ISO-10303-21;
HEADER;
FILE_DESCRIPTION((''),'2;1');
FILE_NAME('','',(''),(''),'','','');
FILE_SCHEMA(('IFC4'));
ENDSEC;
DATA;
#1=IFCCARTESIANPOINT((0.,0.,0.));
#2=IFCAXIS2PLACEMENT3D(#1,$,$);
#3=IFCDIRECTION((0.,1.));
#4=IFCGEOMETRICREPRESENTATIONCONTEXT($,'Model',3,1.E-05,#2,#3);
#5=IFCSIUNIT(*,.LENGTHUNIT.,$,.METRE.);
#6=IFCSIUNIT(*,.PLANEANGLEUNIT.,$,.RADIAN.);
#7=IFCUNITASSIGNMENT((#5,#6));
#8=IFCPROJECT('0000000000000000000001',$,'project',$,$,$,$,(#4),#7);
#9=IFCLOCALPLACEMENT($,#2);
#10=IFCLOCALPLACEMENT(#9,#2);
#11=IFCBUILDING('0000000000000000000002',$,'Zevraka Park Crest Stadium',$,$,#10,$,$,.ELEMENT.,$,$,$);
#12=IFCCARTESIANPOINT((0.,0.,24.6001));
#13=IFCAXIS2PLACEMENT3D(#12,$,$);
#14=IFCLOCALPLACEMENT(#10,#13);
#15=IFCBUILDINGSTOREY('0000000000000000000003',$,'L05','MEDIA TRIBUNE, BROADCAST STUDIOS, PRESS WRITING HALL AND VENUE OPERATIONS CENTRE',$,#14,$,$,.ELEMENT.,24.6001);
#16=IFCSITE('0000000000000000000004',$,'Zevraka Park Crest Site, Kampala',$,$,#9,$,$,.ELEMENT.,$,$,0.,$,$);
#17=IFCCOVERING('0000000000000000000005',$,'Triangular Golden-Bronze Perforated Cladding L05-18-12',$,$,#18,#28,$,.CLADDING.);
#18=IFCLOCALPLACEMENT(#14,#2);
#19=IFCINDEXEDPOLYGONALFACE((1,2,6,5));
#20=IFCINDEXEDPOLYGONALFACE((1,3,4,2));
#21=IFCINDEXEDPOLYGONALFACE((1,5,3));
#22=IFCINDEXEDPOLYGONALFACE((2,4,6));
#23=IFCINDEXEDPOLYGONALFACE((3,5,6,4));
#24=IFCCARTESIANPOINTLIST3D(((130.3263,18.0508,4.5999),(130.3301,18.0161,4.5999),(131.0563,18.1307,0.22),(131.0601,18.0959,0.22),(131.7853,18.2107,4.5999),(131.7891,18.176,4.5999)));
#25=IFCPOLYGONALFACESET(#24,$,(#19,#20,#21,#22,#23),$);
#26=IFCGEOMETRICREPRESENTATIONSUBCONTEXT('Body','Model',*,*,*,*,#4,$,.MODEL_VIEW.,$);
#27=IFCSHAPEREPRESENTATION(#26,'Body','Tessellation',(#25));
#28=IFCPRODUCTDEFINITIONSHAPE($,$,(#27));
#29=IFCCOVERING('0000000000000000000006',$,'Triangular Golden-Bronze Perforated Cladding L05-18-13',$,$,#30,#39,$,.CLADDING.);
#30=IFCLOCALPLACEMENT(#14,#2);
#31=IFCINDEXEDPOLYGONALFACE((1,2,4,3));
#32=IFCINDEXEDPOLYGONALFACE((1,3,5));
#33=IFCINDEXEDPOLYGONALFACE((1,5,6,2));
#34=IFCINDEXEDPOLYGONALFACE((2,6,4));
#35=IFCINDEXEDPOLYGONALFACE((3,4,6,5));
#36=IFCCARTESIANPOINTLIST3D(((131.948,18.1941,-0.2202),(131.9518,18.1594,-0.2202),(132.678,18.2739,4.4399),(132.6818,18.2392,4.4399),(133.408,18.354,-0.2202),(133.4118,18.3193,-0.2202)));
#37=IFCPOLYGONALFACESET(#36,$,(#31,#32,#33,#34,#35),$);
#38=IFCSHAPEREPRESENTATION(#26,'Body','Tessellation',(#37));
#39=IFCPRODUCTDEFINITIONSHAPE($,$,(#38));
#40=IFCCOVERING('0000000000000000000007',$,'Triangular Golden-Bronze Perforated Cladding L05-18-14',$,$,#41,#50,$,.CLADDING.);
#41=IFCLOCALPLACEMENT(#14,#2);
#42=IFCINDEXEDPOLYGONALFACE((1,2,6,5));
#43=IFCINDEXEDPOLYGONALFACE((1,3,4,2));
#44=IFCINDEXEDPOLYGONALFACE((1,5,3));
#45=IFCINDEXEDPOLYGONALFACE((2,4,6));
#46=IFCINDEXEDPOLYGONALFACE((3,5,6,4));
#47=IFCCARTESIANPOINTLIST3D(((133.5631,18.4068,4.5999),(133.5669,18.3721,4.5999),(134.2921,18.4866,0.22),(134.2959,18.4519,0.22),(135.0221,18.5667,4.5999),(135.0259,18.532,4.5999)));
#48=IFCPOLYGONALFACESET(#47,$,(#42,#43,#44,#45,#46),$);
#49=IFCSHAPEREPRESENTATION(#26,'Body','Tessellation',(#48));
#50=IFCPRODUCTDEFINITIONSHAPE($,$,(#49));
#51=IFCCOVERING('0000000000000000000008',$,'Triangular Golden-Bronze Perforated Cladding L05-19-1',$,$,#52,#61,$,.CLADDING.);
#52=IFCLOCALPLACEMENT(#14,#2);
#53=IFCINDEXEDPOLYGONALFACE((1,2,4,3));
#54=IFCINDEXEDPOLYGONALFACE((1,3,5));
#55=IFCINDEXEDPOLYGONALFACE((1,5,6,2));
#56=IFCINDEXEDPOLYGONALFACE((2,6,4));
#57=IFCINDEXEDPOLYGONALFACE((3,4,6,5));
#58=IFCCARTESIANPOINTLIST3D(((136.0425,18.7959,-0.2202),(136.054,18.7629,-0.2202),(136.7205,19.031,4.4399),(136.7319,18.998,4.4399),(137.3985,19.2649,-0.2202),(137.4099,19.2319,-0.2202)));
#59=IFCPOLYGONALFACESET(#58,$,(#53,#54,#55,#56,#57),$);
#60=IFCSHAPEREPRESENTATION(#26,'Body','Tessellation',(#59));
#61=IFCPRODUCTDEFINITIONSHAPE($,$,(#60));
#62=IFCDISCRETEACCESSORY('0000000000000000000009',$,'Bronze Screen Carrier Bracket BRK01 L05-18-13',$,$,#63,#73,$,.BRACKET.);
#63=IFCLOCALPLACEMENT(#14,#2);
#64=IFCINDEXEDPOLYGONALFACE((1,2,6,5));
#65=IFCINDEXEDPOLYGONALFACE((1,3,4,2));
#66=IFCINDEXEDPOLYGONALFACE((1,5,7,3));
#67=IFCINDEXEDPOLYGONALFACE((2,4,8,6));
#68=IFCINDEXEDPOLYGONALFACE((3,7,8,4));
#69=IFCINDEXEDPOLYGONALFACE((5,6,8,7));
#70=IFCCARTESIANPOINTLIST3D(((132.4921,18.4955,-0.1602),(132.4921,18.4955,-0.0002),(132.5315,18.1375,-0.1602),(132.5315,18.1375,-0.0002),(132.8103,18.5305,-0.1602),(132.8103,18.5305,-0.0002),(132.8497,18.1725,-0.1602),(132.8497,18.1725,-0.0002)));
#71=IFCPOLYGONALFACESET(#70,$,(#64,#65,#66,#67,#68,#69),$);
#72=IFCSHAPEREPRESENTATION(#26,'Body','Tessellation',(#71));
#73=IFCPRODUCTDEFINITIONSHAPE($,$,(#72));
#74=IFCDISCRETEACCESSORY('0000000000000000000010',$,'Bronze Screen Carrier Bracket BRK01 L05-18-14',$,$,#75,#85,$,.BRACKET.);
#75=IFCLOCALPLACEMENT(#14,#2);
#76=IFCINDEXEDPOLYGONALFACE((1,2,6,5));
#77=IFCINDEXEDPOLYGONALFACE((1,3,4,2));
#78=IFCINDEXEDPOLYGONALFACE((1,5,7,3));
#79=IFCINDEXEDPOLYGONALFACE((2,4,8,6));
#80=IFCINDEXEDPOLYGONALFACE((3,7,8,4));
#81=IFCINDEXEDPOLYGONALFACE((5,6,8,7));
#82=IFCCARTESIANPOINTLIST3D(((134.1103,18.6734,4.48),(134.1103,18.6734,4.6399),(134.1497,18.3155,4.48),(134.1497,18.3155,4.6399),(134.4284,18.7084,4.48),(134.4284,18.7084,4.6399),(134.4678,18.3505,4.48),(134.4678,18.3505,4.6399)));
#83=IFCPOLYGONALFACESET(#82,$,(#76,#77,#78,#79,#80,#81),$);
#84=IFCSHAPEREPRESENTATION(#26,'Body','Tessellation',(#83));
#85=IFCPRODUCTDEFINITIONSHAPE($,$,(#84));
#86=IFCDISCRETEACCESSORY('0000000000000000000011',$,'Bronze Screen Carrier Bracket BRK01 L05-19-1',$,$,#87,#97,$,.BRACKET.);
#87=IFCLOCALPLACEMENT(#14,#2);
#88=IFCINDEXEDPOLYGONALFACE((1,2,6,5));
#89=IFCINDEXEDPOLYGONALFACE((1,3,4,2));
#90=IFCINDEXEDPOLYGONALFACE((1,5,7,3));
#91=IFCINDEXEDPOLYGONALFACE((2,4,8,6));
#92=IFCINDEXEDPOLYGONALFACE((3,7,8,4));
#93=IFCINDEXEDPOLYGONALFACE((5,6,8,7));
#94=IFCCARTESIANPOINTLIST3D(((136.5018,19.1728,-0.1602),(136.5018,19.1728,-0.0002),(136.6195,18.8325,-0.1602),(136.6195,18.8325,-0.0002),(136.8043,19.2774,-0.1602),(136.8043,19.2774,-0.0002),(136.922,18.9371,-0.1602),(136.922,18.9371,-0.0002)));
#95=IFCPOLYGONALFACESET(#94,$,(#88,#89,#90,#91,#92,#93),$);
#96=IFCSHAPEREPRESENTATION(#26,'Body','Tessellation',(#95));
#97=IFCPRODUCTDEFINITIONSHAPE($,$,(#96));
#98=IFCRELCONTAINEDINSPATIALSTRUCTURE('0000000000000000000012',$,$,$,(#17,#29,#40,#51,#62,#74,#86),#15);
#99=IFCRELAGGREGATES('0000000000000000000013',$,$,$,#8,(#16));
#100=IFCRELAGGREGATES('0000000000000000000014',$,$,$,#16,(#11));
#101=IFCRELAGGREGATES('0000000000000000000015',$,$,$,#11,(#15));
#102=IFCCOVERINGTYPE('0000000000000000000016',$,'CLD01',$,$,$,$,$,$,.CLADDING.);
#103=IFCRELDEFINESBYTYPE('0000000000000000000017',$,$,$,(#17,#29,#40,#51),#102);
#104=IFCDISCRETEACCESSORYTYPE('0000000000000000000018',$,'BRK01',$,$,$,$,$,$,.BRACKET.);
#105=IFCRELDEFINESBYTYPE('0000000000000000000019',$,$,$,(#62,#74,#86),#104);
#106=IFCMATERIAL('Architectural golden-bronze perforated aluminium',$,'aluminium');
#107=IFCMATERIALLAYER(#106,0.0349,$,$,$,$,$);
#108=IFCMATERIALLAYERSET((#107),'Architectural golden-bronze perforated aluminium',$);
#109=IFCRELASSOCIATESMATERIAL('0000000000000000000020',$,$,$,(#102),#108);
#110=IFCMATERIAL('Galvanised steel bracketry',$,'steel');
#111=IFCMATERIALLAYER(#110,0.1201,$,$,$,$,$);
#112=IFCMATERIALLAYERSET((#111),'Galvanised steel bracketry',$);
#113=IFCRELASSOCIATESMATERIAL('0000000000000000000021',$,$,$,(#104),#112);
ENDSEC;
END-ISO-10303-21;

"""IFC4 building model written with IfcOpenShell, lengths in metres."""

from ifc_helpers import new_model, si_unit, direction, frame, origin, origin_2d, place, context, subcontext, project, spatial, polyline, rectangle, outline, extrude, material, layer, layer_set, type_object, element, save


model = new_model("IFC4")

# Units and contexts
model_context = context("Model", 3, precision=1e-05, world=origin(), true_north=direction((0.0, 1.0)))
body_context = subcontext(model_context, "Body", "Model", "MODEL_VIEW")
ifc_project = project(units=[si_unit("LENGTHUNIT", "METRE"), si_unit("PLANEANGLEUNIT", "RADIAN")], contexts=[model_context])

# Site, building, storey
site_placement = place(None, origin())
site = spatial("IfcSite", under=ifc_project, at=site_placement, Name="Zevraka Park Crest Site, Kampala", CompositionType="ELEMENT", RefElevation=0.0)
building_placement = place(site_placement, origin())
building = spatial("IfcBuilding", under=site, at=building_placement, Name="Zevraka Park Crest Stadium", CompositionType="ELEMENT")
storey_placement = place(building_placement, frame((0.0, 0.0, 24.6001)))
storey = spatial("IfcBuildingStorey", under=building, at=storey_placement, Name="L05", Description="MEDIA TRIBUNE, BROADCAST STUDIOS, PRESS WRITING HALL AND VENUE OPERATIONS CENTRE", CompositionType="ELEMENT", Elevation=24.6001)

# Coverings
ifc_material_1 = material(Name="Architectural golden-bronze perforated aluminium", Category="aluminium")
ifc_layer_1 = layer(ifc_material_1, 0.0349)
ifc_layer_set_1 = layer_set([ifc_layer_1], Name="Architectural golden-bronze perforated aluminium")
covering_type = type_object("IfcCoveringType", Name="CLD01", PredefinedType="CLADDING", material=ifc_layer_set_1)
covering_1_placement = place(storey_placement, frame((131.7891, 18.176, 4.5999), z_axis=(0.108953, -0.994047, 0.00004), x_axis=(-0.994047, -0.108953, 0.0)))
element("IfcCovering", 1, at=covering_1_placement, inside=storey, type_object=covering_type, Name="Triangular Golden-Bronze Perforated Cladding L05-18-12", PredefinedType="CLADDING", context=body_context, shape_type="SweptSolid", body=[
    extrude(outline(polyline([(0.0, 0.0), (1.4677, 0.0), (0.7334, 4.3799), (0.0, 0.0)])), origin(), (0.0, 0.0, -1.0), 0.0349),
])
covering_2_placement = place(storey_placement, frame((131.948, 18.1941, -0.2202), z_axis=(-0.108881, 0.994055, 0.000026), x_axis=(0.994055, 0.108881, 0.0)))
element("IfcCovering", 2, at=covering_2_placement, inside=storey, type_object=covering_type, Name="Triangular Golden-Bronze Perforated Cladding L05-18-13", PredefinedType="CLADDING", context=body_context, shape_type="SweptSolid", body=[
    extrude(outline(polyline([(0.0, 0.0), (1.4687, 0.0), (0.7343, -4.6602), (0.0, 0.0)])), origin(), (0.0, 0.0, -1.0), 0.0349),
])
covering_3_placement = place(storey_placement, frame((135.0259, 18.532, 4.5999), z_axis=(0.108953, -0.994047, 0.000016), x_axis=(-0.994047, -0.108953, 0.0)))
element("IfcCovering", 3, at=covering_3_placement, inside=storey, type_object=covering_type, Name="Triangular Golden-Bronze Perforated Cladding L05-18-14", PredefinedType="CLADDING", context=body_context, shape_type="SweptSolid", body=[
    extrude(outline(polyline([(0.0, 0.0), (1.4677, 0.0), (0.7344, 4.3799), (0.0, 0.0)])), origin(), (0.0, 0.0, -1.0), 0.0349),
])
covering_4_placement = place(storey_placement, frame((136.054, 18.7629, -0.2202), z_axis=(0.326877, -0.945067, 0.000124), x_axis=(0.945067, 0.326877, 0.0)))
element("IfcCovering", 4, at=covering_4_placement, inside=storey, type_object=covering_type, Name="Triangular Golden-Bronze Perforated Cladding L05-19-1", PredefinedType="CLADDING", context=body_context, shape_type="SweptSolid", body=[
    extrude(outline(polyline([(0.0, 0.0), (1.4348, 0.0), (0.7176, 4.6602), (0.0, 0.0)])), origin(), (0.0, 0.0, -1.0), 0.0349),
])

# Discrete accessories
ifc_material_2 = material(Name="Galvanised steel bracketry", Category="steel")
ifc_layer_2 = layer(ifc_material_2, 0.1201)
ifc_layer_set_2 = layer_set([ifc_layer_2], Name="Galvanised steel bracketry")
discrete_accessory_type = type_object("IfcDiscreteAccessoryType", Name="BRK01", PredefinedType="BRACKET", material=ifc_layer_set_2)
for number, where, z_axis, x_axis, name in (
    (5, (132.6709, 18.334, -0.1602), (0.0, 0.0, 1.0), (0.993999, 0.109387, 0.0), "Bronze Screen Carrier Bracket BRK01 L05-18-13"),
    (6, (134.2891, 18.512, 4.48), (0.0, 0.0, 1.0), (0.993999, 0.109387, 0.0), "Bronze Screen Carrier Bracket BRK01 L05-18-14"),
    (7, (136.7119, 19.0549, -0.1602), (0.0, 0.0, 1.0), (0.945063, 0.326888, 0.0), "Bronze Screen Carrier Bracket BRK01 L05-19-1"),
):
    element("IfcDiscreteAccessory", number, at=place(storey_placement, frame(where, z_axis=z_axis, x_axis=x_axis)), inside=storey, type_object=discrete_accessory_type, Name=name, PredefinedType="BRACKET", context=body_context, shape_type="SweptSolid", body=[
        extrude(rectangle(XDim=0.3201, YDim=0.3601, at=origin_2d()), origin(), (0.0, 0.0, 1.0), 0.1599),
    ])

save(model, "model.ifc")
